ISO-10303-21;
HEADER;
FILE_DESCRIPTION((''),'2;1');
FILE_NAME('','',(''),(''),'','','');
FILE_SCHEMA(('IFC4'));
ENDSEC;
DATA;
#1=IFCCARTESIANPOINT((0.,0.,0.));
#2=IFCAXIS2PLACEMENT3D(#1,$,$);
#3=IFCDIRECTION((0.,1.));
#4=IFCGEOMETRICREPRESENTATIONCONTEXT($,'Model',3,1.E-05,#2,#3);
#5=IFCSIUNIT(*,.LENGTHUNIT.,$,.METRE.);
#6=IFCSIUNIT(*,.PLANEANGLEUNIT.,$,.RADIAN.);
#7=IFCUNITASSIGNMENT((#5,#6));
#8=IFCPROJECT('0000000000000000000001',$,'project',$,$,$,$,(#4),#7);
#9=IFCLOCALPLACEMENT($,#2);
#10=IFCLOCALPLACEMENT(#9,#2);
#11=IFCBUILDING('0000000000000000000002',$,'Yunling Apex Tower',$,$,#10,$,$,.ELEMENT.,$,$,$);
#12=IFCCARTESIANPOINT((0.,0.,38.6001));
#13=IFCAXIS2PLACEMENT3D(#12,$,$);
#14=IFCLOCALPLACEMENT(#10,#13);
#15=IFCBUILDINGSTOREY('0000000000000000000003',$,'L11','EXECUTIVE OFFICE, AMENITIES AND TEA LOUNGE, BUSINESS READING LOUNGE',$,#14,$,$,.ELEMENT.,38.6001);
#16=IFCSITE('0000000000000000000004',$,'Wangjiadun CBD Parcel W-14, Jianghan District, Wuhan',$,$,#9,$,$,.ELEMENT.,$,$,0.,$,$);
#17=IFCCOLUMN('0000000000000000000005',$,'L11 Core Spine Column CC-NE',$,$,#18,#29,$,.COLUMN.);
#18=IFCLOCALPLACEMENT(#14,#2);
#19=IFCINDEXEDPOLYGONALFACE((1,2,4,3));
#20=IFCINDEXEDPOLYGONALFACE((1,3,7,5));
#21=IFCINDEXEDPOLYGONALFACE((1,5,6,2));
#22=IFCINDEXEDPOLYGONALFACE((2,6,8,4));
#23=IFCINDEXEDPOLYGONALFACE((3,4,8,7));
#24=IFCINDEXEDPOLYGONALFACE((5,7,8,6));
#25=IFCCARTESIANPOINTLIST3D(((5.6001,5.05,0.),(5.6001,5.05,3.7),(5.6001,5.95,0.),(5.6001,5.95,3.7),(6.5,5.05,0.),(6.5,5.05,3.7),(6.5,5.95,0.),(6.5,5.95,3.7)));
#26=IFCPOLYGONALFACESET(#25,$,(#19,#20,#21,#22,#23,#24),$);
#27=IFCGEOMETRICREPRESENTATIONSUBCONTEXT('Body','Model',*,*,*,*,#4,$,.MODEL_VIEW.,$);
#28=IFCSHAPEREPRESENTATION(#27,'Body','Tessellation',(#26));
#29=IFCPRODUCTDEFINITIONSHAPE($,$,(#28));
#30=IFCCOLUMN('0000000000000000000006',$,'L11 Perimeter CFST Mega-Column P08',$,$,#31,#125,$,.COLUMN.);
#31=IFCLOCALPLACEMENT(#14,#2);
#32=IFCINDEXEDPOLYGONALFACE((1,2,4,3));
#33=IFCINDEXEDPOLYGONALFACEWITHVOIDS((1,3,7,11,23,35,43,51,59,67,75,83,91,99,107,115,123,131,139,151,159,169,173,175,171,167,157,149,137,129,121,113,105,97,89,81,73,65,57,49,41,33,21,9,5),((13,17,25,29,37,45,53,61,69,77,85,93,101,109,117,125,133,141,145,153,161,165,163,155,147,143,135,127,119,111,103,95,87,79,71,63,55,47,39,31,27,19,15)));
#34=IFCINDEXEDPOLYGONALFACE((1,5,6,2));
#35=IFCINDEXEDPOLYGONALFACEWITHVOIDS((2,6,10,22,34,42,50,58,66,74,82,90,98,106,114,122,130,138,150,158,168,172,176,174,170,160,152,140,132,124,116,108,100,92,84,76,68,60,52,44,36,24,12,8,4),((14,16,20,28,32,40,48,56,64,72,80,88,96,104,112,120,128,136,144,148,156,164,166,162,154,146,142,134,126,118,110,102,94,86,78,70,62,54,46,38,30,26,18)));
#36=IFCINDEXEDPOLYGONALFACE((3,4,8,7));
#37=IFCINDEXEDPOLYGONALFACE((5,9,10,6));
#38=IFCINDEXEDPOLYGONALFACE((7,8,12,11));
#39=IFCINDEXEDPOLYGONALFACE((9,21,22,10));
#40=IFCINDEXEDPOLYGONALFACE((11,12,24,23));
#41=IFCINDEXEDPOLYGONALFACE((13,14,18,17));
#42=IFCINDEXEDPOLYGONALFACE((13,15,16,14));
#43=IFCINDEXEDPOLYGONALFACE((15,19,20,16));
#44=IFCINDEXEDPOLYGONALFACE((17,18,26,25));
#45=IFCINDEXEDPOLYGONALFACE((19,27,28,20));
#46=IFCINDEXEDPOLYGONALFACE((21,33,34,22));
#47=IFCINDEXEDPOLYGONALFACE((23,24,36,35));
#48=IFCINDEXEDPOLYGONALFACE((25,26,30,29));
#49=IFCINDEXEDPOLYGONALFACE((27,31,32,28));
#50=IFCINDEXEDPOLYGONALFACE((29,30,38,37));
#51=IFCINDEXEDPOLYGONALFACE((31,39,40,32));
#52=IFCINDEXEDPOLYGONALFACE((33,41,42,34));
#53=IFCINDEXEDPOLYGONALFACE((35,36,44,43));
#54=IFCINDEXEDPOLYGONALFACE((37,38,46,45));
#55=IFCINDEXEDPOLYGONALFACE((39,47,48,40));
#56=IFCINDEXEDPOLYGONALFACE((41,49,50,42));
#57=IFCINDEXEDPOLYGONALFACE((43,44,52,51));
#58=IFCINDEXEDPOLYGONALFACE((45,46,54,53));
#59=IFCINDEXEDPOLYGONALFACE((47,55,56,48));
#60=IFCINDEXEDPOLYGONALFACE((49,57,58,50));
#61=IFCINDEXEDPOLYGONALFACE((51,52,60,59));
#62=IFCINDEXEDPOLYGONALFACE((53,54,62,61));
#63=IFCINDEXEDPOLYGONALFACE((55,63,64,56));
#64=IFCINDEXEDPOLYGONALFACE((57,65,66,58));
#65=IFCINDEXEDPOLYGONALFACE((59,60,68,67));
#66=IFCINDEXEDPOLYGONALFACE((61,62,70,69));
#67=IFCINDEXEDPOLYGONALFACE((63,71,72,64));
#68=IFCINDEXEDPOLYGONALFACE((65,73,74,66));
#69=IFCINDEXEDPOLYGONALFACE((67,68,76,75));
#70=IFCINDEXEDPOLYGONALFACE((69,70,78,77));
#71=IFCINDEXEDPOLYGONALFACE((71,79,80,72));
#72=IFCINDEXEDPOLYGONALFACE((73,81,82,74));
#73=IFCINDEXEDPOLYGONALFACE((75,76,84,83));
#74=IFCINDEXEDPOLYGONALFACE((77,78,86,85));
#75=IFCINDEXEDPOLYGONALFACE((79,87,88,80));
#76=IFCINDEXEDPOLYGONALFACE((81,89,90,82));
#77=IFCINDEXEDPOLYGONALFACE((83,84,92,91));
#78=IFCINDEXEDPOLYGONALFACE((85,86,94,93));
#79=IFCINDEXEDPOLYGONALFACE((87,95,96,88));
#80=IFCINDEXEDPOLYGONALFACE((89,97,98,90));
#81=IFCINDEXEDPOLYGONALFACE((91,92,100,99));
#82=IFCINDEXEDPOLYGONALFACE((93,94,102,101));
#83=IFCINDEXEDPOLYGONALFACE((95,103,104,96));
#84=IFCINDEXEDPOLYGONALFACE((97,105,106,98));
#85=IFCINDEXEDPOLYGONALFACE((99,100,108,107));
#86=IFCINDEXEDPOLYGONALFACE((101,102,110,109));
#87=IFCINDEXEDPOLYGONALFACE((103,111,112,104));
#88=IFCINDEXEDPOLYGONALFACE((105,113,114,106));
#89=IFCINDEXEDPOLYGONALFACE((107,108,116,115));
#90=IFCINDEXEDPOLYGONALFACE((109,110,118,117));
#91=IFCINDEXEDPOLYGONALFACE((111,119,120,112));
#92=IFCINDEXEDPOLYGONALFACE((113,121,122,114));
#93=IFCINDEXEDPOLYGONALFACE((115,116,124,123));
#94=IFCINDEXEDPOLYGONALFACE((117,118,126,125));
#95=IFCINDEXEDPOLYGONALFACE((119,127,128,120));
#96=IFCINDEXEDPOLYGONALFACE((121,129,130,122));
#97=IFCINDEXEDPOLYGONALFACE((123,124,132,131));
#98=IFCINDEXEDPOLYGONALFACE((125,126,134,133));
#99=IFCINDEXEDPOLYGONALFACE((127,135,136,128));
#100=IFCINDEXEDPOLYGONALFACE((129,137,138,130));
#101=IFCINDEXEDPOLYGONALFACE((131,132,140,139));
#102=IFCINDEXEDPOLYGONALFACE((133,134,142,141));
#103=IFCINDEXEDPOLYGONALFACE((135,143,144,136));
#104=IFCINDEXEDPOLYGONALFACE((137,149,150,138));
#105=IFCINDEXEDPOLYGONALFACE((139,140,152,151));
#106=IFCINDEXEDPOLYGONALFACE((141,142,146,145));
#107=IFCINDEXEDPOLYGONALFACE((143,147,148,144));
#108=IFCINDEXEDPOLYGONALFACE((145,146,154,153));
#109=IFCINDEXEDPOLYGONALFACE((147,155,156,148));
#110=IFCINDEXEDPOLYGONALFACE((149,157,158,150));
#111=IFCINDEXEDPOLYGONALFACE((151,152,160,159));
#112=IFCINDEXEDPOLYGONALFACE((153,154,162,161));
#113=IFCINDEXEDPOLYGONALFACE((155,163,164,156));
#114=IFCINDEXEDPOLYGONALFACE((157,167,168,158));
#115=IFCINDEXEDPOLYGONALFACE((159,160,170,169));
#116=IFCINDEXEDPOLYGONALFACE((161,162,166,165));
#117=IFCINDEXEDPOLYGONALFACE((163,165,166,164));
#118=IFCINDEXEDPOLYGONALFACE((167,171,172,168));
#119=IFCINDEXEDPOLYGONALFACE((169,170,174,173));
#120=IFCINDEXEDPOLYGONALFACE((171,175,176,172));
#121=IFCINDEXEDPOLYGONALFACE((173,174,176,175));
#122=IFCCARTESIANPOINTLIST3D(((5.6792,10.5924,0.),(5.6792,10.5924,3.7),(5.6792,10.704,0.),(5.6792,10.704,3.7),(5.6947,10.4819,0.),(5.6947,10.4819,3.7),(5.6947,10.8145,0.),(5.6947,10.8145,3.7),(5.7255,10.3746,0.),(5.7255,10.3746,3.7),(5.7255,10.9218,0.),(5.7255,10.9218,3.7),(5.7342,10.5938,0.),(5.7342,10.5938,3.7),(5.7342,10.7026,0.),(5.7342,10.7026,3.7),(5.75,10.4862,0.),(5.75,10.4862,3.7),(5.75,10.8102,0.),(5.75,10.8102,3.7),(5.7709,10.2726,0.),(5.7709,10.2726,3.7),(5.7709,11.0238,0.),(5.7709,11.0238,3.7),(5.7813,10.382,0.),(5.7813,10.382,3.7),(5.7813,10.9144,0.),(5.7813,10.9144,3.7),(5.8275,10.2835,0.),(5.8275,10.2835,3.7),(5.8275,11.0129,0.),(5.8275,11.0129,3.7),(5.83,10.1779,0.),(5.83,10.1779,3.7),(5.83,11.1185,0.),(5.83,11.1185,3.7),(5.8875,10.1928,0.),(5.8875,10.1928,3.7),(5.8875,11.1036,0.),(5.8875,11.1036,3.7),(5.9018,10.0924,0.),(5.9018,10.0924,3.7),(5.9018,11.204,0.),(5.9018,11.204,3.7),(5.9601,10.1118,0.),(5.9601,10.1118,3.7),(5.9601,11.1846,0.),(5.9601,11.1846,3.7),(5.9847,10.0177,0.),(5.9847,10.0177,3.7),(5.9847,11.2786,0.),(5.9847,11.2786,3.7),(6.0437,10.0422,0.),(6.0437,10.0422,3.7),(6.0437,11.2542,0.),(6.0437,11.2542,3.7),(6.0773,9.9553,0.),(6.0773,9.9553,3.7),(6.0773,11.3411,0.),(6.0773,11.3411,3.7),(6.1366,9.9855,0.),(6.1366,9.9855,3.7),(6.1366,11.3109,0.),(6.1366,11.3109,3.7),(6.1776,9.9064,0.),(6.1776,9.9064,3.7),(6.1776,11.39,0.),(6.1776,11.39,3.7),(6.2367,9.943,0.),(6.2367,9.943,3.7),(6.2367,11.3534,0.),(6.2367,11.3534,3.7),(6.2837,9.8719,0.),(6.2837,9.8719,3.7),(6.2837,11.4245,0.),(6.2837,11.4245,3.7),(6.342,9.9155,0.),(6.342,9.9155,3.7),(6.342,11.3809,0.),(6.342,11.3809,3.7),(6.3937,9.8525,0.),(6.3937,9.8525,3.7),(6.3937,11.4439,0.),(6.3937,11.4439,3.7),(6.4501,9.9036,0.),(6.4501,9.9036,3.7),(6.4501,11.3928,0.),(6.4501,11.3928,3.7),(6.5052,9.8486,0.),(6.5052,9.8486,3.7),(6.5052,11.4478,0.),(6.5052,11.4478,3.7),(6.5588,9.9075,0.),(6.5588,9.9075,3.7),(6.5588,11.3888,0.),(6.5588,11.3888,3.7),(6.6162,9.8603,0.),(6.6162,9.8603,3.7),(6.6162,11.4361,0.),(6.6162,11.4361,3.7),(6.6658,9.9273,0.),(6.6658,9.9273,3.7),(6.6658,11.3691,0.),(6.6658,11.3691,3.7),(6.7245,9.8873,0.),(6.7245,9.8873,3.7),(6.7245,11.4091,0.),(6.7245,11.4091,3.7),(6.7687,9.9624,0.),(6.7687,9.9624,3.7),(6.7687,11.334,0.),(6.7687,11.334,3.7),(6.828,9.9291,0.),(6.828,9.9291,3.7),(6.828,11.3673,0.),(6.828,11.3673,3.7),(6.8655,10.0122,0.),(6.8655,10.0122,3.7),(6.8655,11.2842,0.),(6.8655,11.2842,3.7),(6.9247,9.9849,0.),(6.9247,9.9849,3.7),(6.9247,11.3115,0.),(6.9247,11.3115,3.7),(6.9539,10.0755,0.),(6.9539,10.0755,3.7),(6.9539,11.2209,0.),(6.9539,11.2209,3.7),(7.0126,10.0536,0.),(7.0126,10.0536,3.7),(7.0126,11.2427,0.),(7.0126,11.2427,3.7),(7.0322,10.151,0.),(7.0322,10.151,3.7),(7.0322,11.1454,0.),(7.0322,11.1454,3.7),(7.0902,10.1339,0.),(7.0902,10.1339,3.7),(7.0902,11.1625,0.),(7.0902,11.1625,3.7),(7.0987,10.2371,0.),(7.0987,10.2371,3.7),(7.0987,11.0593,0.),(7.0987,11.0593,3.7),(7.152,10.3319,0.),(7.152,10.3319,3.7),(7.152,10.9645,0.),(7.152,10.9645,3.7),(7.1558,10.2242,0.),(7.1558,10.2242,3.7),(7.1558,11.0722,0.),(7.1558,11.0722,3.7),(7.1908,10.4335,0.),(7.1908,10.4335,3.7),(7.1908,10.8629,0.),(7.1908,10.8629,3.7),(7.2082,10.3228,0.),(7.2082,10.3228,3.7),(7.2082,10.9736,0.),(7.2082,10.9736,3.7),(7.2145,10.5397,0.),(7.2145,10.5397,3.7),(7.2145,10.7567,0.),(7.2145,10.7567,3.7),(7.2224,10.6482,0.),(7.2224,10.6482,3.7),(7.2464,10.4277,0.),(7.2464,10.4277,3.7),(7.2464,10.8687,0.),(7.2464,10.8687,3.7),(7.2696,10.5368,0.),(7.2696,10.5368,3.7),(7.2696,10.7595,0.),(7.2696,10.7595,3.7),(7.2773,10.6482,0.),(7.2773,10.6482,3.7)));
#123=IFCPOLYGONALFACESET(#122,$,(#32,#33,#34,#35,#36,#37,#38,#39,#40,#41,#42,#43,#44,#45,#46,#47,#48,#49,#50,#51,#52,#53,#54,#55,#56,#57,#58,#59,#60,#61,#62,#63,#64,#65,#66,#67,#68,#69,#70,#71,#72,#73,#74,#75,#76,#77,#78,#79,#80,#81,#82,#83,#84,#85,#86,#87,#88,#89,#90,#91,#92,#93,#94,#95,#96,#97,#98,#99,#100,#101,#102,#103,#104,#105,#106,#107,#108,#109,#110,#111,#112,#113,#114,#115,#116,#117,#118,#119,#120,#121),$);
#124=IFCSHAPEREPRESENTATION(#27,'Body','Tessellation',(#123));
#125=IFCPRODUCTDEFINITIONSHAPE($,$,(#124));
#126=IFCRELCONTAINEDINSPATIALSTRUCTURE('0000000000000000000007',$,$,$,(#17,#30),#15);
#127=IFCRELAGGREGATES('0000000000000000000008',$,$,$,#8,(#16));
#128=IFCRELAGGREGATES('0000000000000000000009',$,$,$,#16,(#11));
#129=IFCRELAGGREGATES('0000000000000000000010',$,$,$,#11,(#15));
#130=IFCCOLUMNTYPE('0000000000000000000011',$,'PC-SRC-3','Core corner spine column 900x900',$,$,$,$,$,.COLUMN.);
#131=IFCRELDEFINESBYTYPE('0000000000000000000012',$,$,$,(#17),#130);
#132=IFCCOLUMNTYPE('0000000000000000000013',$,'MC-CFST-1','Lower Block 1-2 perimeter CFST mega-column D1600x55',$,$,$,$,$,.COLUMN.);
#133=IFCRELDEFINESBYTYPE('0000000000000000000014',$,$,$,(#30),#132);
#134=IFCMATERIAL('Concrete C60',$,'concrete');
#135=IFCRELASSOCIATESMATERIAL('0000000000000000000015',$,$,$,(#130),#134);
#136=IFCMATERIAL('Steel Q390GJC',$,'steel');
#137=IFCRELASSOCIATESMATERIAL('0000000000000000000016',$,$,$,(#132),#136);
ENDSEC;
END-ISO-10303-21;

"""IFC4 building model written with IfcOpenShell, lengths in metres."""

from ifc_helpers import new_model, si_unit, direction, frame, origin, origin_2d, place, context, subcontext, project, spatial, rectangle, hollow_circle, extrude, source, transform, mapped, material, material_profile, profile_set, type_object, element, save


model = new_model("IFC4")

# Units and contexts
model_context = context("Model", 3, precision=1e-05, world=origin(), true_north=direction((0.0, 1.0)))
body_context = subcontext(model_context, "Body", "Model", "MODEL_VIEW")
ifc_project = project(units=[si_unit("LENGTHUNIT", "METRE"), si_unit("PLANEANGLEUNIT", "RADIAN")], contexts=[model_context])

# Site, building, storey
site_placement = place(None, origin())
site = spatial("IfcSite", under=ifc_project, at=site_placement, Name="Wangjiadun CBD Parcel W-14, Jianghan District, Wuhan", CompositionType="ELEMENT", RefElevation=0.0)
building_placement = place(site_placement, origin())
building = spatial("IfcBuilding", under=site, at=building_placement, Name="Yunling Apex Tower", CompositionType="ELEMENT")
storey_placement = place(building_placement, frame((0.0, 0.0, 38.6001)))
storey = spatial("IfcBuildingStorey", under=building, at=storey_placement, Name="L11", Description="EXECUTIVE OFFICE, AMENITIES AND TEA LOUNGE, BUSINESS READING LOUNGE", CompositionType="ELEMENT", Elevation=38.6001)

# Columns
ifc_material_1 = material(Name="Concrete C60", Category="concrete")
ifc_material_profile_1 = material_profile(ifc_material_1, rectangle(XDim=0.8999, YDim=0.8999, at=origin_2d()))
ifc_profile_set_1 = profile_set([ifc_material_profile_1], Name="Concrete C60")
column_type_1 = type_object("IfcColumnType", Name="PC-SRC-3", Description="Core corner spine column 900x900", PredefinedType="COLUMN", material=ifc_profile_set_1)
shared_shape_1 = source(origin(), body_context, "Body", "SweptSolid", [
    extrude(rectangle(XDim=0.8999, YDim=0.8999, at=origin_2d()), origin(), (0.0, 0.0, 1.0), 3.7),
])
column_placement = place(storey_placement, frame((6.05, 5.5, 0.0), z_axis=(0.0, 0.0, 1.0), x_axis=(1.0, 0.0, 0.0)))
element("IfcColumn", 1, at=column_placement, inside=storey, type_object=column_type_1, Name="L11 Core Spine Column CC-NE", PredefinedType="COLUMN", context=body_context, shape_type="MappedRepresentation", body=[
    mapped(shared_shape_1, transform((0.0, 0.0, 0.0), scale=1.0)),
])
ifc_material_2 = material(Name="Steel Q390GJC", Category="steel")
ifc_material_profile_2 = material_profile(ifc_material_2, hollow_circle(Radius=0.8, WallThickness=0.0549, at=origin_2d()))
ifc_profile_set_2 = profile_set([ifc_material_profile_2], Name="Steel Q390GJC")
column_type_2 = type_object("IfcColumnType", Name="MC-CFST-1", Description="Lower Block 1-2 perimeter CFST mega-column D1600x55", PredefinedType="COLUMN", material=ifc_profile_set_2)
shared_shape_2 = source(origin(), body_context, "Body", "SweptSolid", [
    extrude(hollow_circle(Radius=0.8, WallThickness=0.0549, at=origin_2d()), origin(), (0.0, 0.0, 1.0), 3.7),
])
for number, where, z_axis, x_axis, name in (
    (2, (6.4773, 10.6482, 0.0), (0.0, 0.0, 1.0), (1.0, 0.0, 0.0), "L11 Perimeter CFST Mega-Column P08"),
):
    element("IfcColumn", number, at=place(storey_placement, frame(where, z_axis=z_axis, x_axis=x_axis)), inside=storey, type_object=column_type_2, Name=name, PredefinedType="COLUMN", context=body_context, shape_type="MappedRepresentation", body=[
        mapped(shared_shape_2, transform((0.0, 0.0, 0.0), scale=1.0)),
    ])

save(model, "model.ifc")
